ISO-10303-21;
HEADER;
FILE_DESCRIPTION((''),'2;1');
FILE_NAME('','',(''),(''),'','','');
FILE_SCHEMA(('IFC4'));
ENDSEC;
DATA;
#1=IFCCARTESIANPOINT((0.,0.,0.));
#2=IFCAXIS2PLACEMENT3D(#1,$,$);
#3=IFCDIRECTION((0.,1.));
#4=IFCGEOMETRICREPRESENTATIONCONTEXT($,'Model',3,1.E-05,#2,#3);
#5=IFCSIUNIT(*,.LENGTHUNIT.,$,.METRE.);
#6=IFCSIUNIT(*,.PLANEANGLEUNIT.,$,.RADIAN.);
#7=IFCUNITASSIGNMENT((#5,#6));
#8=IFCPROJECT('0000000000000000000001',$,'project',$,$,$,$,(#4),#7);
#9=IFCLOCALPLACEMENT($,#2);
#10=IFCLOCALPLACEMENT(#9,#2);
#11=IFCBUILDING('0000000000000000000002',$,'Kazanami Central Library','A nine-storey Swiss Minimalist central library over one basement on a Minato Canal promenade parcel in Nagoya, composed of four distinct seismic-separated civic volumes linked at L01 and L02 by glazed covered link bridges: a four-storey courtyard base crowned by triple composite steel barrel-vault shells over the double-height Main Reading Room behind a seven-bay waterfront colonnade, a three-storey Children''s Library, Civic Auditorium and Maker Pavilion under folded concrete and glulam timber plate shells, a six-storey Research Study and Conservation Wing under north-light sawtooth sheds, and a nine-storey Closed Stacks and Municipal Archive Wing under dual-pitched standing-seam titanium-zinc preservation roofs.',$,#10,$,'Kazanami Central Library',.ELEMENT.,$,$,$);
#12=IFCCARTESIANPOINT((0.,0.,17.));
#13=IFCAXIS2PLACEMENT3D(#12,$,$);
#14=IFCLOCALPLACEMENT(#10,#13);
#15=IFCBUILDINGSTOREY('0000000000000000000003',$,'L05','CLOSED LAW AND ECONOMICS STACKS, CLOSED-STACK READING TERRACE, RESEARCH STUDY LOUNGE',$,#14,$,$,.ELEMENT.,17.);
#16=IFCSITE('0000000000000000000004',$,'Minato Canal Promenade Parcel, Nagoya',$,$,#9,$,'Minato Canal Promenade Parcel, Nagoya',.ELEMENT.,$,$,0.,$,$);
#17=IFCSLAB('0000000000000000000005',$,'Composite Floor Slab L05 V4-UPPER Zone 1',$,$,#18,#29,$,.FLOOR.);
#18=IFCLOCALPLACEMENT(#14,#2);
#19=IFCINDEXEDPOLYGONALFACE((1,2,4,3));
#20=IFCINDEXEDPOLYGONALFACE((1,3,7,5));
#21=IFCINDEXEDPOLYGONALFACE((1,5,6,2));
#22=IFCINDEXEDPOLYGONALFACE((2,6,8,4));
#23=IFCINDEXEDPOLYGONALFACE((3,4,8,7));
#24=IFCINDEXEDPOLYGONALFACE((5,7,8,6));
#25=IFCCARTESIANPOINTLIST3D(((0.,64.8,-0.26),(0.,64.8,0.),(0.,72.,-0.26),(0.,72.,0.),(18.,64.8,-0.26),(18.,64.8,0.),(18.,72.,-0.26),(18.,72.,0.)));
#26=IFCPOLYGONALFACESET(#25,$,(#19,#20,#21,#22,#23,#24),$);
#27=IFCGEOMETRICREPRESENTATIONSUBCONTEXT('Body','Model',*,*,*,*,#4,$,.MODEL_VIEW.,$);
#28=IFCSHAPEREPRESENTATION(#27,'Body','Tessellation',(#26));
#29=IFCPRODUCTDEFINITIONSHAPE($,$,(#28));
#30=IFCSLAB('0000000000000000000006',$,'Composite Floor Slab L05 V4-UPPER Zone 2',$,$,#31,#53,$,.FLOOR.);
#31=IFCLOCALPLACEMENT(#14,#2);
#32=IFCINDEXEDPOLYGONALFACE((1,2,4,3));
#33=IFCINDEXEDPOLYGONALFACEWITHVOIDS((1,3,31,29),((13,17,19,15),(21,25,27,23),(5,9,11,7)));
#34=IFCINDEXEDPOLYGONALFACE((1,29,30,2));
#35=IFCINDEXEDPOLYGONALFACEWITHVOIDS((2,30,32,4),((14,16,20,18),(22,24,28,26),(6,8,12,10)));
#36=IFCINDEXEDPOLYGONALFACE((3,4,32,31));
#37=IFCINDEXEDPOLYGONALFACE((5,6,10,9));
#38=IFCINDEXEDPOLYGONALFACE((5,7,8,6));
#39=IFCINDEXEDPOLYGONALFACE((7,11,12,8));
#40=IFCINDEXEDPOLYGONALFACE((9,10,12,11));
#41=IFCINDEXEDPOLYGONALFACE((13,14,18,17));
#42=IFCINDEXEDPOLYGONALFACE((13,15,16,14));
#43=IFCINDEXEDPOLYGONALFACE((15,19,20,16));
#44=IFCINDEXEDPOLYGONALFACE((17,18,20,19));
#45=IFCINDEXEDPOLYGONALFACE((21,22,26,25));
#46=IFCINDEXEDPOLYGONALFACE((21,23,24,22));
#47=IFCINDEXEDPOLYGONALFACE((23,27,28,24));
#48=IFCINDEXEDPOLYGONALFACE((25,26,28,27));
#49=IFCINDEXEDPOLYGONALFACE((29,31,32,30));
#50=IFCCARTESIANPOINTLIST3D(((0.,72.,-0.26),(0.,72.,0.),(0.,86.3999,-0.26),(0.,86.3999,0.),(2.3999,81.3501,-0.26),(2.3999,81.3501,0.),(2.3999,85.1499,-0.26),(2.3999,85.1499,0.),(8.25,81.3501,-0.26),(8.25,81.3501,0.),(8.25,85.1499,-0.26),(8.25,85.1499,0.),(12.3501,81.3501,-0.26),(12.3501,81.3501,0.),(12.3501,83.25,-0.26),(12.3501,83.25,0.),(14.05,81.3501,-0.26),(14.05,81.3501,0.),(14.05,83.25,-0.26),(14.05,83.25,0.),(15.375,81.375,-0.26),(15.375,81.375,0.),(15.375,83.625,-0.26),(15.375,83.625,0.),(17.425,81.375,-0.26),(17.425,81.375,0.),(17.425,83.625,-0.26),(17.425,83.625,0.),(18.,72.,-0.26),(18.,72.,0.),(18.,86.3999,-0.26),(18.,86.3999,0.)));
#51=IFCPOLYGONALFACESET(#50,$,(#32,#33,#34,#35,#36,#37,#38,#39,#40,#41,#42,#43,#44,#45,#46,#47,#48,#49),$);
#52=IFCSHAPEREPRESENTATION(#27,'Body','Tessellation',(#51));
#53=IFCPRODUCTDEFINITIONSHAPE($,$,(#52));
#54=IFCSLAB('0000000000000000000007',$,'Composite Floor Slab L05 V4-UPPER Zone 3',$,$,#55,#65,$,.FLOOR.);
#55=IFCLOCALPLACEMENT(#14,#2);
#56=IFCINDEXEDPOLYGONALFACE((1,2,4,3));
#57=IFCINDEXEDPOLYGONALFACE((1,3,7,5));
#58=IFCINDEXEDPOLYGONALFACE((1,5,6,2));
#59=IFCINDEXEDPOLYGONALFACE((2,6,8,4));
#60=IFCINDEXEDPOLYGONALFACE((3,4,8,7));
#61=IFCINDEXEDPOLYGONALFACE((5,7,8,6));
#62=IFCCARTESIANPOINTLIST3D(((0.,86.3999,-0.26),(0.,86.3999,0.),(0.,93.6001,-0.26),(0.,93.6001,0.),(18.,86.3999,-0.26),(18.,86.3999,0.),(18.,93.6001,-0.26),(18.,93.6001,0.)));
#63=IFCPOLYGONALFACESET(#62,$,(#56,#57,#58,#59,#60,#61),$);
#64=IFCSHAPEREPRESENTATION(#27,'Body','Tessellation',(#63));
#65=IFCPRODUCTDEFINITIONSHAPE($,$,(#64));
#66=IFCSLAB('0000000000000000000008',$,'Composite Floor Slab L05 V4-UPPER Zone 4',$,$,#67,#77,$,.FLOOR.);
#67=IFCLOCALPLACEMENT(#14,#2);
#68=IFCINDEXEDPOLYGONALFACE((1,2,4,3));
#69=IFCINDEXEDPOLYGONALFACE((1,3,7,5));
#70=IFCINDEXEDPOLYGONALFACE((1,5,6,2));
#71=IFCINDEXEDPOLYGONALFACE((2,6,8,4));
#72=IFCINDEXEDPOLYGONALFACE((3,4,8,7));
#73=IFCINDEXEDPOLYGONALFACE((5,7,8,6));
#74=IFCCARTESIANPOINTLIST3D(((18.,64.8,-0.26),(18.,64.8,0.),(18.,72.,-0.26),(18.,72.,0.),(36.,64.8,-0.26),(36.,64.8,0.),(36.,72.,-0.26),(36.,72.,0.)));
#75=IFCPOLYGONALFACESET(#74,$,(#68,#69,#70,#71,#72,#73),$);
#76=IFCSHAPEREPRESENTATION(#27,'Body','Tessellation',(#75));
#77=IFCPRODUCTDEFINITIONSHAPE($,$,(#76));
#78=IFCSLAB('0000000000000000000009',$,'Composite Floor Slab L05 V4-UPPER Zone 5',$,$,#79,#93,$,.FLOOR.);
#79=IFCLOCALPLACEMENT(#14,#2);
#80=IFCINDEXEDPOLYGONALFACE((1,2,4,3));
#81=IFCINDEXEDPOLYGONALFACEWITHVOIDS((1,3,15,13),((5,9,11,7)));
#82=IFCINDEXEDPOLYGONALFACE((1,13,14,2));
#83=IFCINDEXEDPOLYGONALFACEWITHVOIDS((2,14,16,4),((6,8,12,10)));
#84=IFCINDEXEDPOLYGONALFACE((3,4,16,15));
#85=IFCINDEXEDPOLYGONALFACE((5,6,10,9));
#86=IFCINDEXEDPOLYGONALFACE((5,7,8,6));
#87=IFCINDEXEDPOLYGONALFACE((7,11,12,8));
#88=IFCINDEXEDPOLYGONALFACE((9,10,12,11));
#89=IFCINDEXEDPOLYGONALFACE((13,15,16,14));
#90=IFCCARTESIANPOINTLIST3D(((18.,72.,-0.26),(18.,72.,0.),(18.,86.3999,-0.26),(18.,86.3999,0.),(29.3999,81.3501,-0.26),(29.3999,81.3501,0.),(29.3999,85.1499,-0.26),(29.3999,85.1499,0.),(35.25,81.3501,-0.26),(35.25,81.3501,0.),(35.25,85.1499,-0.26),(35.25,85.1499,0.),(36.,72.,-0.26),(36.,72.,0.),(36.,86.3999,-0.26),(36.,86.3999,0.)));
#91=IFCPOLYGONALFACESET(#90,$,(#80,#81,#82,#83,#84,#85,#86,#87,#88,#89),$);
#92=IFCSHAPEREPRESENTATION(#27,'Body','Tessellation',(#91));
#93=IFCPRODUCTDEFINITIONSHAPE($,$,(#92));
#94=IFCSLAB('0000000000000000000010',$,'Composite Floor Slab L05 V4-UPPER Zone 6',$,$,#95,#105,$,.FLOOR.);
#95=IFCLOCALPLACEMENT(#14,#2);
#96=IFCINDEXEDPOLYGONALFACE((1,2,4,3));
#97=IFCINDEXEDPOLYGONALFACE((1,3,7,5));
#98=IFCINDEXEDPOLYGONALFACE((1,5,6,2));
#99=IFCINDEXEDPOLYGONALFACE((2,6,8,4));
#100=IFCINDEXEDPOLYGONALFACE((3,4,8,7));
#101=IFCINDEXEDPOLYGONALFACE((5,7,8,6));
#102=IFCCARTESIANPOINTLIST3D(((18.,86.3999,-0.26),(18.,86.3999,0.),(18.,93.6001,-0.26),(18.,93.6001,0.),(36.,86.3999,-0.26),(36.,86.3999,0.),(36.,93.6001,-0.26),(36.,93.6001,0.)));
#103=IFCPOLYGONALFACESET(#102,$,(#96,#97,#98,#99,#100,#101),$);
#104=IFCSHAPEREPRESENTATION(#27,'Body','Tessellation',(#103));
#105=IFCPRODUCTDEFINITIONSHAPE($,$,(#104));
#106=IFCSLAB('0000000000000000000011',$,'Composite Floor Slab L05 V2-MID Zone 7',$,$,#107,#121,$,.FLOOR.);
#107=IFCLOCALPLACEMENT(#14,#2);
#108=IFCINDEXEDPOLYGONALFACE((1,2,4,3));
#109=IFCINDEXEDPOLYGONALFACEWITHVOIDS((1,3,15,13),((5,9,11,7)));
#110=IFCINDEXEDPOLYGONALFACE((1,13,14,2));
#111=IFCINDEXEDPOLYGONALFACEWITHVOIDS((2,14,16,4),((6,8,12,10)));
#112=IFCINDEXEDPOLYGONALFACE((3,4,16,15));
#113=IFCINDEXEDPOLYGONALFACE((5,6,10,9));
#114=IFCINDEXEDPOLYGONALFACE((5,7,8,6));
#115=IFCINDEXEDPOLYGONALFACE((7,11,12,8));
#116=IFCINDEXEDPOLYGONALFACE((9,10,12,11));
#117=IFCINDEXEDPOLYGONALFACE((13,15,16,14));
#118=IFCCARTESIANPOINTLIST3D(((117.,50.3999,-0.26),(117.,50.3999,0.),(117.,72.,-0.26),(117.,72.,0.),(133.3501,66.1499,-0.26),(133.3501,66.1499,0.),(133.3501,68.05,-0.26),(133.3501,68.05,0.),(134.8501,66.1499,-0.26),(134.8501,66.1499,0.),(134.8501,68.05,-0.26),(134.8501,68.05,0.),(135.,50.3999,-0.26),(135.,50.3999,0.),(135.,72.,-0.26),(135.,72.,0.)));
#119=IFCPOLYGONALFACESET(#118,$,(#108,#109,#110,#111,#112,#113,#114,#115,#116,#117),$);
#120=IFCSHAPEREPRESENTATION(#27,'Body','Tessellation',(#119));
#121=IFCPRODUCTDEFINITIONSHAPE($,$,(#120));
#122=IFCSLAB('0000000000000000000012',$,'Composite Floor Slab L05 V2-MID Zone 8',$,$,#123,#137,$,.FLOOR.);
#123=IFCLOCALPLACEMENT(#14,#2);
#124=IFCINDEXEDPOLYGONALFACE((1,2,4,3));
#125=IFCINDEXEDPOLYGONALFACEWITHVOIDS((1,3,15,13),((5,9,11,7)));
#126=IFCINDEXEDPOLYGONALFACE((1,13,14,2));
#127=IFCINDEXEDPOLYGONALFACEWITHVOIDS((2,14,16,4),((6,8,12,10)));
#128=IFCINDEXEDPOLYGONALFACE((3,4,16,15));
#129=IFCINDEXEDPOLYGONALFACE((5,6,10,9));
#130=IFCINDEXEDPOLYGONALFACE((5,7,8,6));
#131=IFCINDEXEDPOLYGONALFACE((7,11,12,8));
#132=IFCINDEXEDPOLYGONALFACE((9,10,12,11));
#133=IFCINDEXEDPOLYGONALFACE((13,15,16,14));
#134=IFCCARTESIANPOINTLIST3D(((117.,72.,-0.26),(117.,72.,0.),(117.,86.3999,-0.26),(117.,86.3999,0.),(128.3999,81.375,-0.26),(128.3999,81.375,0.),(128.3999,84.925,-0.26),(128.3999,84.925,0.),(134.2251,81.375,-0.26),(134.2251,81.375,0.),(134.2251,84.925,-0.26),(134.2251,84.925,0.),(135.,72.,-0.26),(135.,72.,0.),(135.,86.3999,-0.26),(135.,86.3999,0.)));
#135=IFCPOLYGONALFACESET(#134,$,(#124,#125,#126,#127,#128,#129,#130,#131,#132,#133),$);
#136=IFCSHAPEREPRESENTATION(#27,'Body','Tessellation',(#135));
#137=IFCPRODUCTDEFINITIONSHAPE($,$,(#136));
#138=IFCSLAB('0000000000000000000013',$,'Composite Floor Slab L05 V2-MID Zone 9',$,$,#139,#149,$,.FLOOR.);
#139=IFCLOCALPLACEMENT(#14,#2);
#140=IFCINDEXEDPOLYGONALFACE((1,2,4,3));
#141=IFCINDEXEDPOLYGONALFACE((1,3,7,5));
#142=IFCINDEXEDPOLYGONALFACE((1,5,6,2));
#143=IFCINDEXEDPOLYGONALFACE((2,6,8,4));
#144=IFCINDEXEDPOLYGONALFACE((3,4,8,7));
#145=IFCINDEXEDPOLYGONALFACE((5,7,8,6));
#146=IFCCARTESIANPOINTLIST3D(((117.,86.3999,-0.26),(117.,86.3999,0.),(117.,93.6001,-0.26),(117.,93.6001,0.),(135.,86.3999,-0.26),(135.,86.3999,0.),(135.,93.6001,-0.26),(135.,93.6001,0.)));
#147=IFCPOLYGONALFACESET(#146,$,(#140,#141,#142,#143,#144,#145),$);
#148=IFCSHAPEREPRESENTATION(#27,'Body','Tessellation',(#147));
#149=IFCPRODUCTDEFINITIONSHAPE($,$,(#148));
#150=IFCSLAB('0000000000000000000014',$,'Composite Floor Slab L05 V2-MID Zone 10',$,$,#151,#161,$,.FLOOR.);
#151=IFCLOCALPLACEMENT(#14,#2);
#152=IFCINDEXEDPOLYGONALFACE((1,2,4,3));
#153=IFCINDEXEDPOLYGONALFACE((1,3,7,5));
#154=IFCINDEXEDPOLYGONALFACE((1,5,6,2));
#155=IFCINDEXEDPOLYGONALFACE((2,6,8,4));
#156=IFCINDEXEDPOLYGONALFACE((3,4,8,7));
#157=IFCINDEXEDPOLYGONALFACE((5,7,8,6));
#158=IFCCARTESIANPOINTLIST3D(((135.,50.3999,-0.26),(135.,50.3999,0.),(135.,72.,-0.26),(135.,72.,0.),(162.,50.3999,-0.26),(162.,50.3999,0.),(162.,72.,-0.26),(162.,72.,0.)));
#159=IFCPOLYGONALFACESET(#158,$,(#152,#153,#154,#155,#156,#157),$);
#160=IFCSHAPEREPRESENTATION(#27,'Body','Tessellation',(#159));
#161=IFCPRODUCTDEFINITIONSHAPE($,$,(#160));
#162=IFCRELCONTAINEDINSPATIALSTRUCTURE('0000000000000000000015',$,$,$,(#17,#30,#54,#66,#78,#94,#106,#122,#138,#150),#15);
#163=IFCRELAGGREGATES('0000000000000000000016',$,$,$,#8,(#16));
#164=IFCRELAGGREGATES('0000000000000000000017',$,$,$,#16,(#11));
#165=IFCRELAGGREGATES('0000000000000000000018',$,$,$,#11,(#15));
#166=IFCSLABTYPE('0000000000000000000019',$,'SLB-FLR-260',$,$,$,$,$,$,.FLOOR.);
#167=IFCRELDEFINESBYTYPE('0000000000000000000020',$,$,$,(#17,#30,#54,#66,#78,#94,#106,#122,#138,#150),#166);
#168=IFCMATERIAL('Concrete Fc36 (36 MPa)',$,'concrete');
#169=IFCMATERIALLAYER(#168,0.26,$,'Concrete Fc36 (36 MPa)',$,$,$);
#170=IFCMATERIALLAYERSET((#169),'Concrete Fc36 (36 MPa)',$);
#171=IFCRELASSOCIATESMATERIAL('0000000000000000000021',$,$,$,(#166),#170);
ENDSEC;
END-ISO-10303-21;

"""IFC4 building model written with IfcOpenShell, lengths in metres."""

from ifc_helpers import new_model, si_unit, direction, frame, origin, place, context, subcontext, project, spatial, polyline, outline, extrude, material, layer, layer_set, type_object, element, save


model = new_model("IFC4")

# Units and contexts
model_context = context("Model", 3, precision=1e-05, world=origin(), true_north=direction((0.0, 1.0)))
body_context = subcontext(model_context, "Body", "Model", "MODEL_VIEW")
ifc_project = project(units=[si_unit("LENGTHUNIT", "METRE"), si_unit("PLANEANGLEUNIT", "RADIAN")], contexts=[model_context])

# Site, building, storey
site_placement = place(None, origin())
site = spatial("IfcSite", under=ifc_project, at=site_placement, Name="Minato Canal Promenade Parcel, Nagoya", LongName="Minato Canal Promenade Parcel, Nagoya", CompositionType="ELEMENT", RefElevation=0.0)
building_placement = place(site_placement, origin())
building = spatial("IfcBuilding", under=site, at=building_placement, Name="Kazanami Central Library", Description="A nine-storey Swiss Minimalist central library over one basement on a Minato Canal promenade parcel in Nagoya, composed of four distinct seismic-separated civic volumes linked at L01 and L02 by glazed covered link bridges: a four-storey courtyard base crowned by triple composite steel barrel-vault shells over the double-height Main Reading Room behind a seven-bay waterfront colonnade, a three-storey Children's Library, Civic Auditorium and Maker Pavilion under folded concrete and glulam timber plate shells, a six-storey Research Study and Conservation Wing under north-light sawtooth sheds, and a nine-storey Closed Stacks and Municipal Archive Wing under dual-pitched standing-seam titanium-zinc preservation roofs.", LongName="Kazanami Central Library", CompositionType="ELEMENT")
storey_placement = place(building_placement, frame((0.0, 0.0, 17.0)))
storey = spatial("IfcBuildingStorey", under=building, at=storey_placement, Name="L05", Description="CLOSED LAW AND ECONOMICS STACKS, CLOSED-STACK READING TERRACE, RESEARCH STUDY LOUNGE", CompositionType="ELEMENT", Elevation=17.0)

# Slabs
ifc_material_1 = material(Name="Concrete Fc36 (36 MPa)", Category="concrete")
ifc_layer_1 = layer(ifc_material_1, 0.26, Name="Concrete Fc36 (36 MPa)")
ifc_layer_set_1 = layer_set([ifc_layer_1], Name="Concrete Fc36 (36 MPa)")
slab_type_1 = type_object("IfcSlabType", Name="SLB-FLR-260", PredefinedType="FLOOR", material=ifc_layer_set_1)
slab_1_placement = place(storey_placement, frame((0.0, 0.0, -0.26)))
element("IfcSlab", 1, at=slab_1_placement, inside=storey, type_object=slab_type_1, Name="Composite Floor Slab L05 V4-UPPER Zone 1", PredefinedType="FLOOR", context=body_context, shape_type="SweptSolid", body=[
    extrude(outline(polyline([(0.0, 64.8), (18.0, 64.8), (18.0, 72.0), (0.0, 72.0), (0.0, 64.8)])), origin(), (0.0, 0.0, 1.0), 0.26),
])
slab_2_placement = place(storey_placement, frame((0.0, 0.0, -0.26)))
element("IfcSlab", 2, at=slab_2_placement, inside=storey, type_object=slab_type_1, Name="Composite Floor Slab L05 V4-UPPER Zone 2", PredefinedType="FLOOR", context=body_context, shape_type="SweptSolid", body=[
    extrude(outline(polyline([(0.0, 72.0), (18.0, 72.0), (18.0, 86.3999), (0.0, 86.3999), (0.0, 72.0)]), holes=[polyline([(2.3999, 81.3501), (8.25, 81.3501), (8.25, 85.1499), (2.3999, 85.1499), (2.3999, 81.3501)]), polyline([(15.375, 81.375), (17.425, 81.375), (17.425, 83.625), (15.375, 83.625), (15.375, 81.375)]), polyline([(12.3501, 81.3501), (14.05, 81.3501), (14.05, 83.25), (12.3501, 83.25), (12.3501, 81.3501)])]), origin(), (0.0, 0.0, 1.0), 0.26),
])
slab_3_placement = place(storey_placement, frame((0.0, 0.0, -0.26)))
element("IfcSlab", 3, at=slab_3_placement, inside=storey, type_object=slab_type_1, Name="Composite Floor Slab L05 V4-UPPER Zone 3", PredefinedType="FLOOR", context=body_context, shape_type="SweptSolid", body=[
    extrude(outline(polyline([(0.0, 86.3999), (18.0, 86.3999), (18.0, 93.6001), (0.0, 93.6001), (0.0, 86.3999)])), origin(), (0.0, 0.0, 1.0), 0.26),
])
slab_4_placement = place(storey_placement, frame((0.0, 0.0, -0.26)))
element("IfcSlab", 4, at=slab_4_placement, inside=storey, type_object=slab_type_1, Name="Composite Floor Slab L05 V4-UPPER Zone 4", PredefinedType="FLOOR", context=body_context, shape_type="SweptSolid", body=[
    extrude(outline(polyline([(18.0, 64.8), (36.0, 64.8), (36.0, 72.0), (18.0, 72.0), (18.0, 64.8)])), origin(), (0.0, 0.0, 1.0), 0.26),
])
slab_5_placement = place(storey_placement, frame((0.0, 0.0, -0.26)))
element("IfcSlab", 5, at=slab_5_placement, inside=storey, type_object=slab_type_1, Name="Composite Floor Slab L05 V4-UPPER Zone 5", PredefinedType="FLOOR", context=body_context, shape_type="SweptSolid", body=[
    extrude(outline(polyline([(18.0, 72.0), (36.0, 72.0), (36.0, 86.3999), (18.0, 86.3999), (18.0, 72.0)]), holes=[polyline([(29.3999, 81.3501), (35.25, 81.3501), (35.25, 85.1499), (29.3999, 85.1499), (29.3999, 81.3501)])]), origin(), (0.0, 0.0, 1.0), 0.26),
])
slab_6_placement = place(storey_placement, frame((0.0, 0.0, -0.26)))
element("IfcSlab", 6, at=slab_6_placement, inside=storey, type_object=slab_type_1, Name="Composite Floor Slab L05 V4-UPPER Zone 6", PredefinedType="FLOOR", context=body_context, shape_type="SweptSolid", body=[
    extrude(outline(polyline([(18.0, 86.3999), (36.0, 86.3999), (36.0, 93.6001), (18.0, 93.6001), (18.0, 86.3999)])), origin(), (0.0, 0.0, 1.0), 0.26),
])
slab_7_placement = place(storey_placement, frame((0.0, 0.0, -0.26)))
element("IfcSlab", 7, at=slab_7_placement, inside=storey, type_object=slab_type_1, Name="Composite Floor Slab L05 V2-MID Zone 7", PredefinedType="FLOOR", context=body_context, shape_type="SweptSolid", body=[
    extrude(outline(polyline([(117.0, 50.3999), (135.0, 50.3999), (135.0, 72.0), (117.0, 72.0), (117.0, 50.3999)]), holes=[polyline([(133.3501, 66.1499), (134.8501, 66.1499), (134.8501, 68.05), (133.3501, 68.05), (133.3501, 66.1499)])]), origin(), (0.0, 0.0, 1.0), 0.26),
])
slab_8_placement = place(storey_placement, frame((0.0, 0.0, -0.26)))
element("IfcSlab", 8, at=slab_8_placement, inside=storey, type_object=slab_type_1, Name="Composite Floor Slab L05 V2-MID Zone 8", PredefinedType="FLOOR", context=body_context, shape_type="SweptSolid", body=[
    extrude(outline(polyline([(117.0, 72.0), (135.0, 72.0), (135.0, 86.3999), (117.0, 86.3999), (117.0, 72.0)]), holes=[polyline([(128.3999, 81.375), (134.2251, 81.375), (134.2251, 84.925), (128.3999, 84.925), (128.3999, 81.375)])]), origin(), (0.0, 0.0, 1.0), 0.26),
])
slab_9_placement = place(storey_placement, frame((0.0, 0.0, -0.26)))
element("IfcSlab", 9, at=slab_9_placement, inside=storey, type_object=slab_type_1, Name="Composite Floor Slab L05 V2-MID Zone 9", PredefinedType="FLOOR", context=body_context, shape_type="SweptSolid", body=[
    extrude(outline(polyline([(117.0, 86.3999), (135.0, 86.3999), (135.0, 93.6001), (117.0, 93.6001), (117.0, 86.3999)])), origin(), (0.0, 0.0, 1.0), 0.26),
])
slab_10_placement = place(storey_placement, frame((0.0, 0.0, -0.26)))
element("IfcSlab", 10, at=slab_10_placement, inside=storey, type_object=slab_type_1, Name="Composite Floor Slab L05 V2-MID Zone 10", PredefinedType="FLOOR", context=body_context, shape_type="SweptSolid", body=[
    extrude(outline(polyline([(135.0, 50.3999), (162.0, 50.3999), (162.0, 72.0), (135.0, 72.0), (135.0, 50.3999)])), origin(), (0.0, 0.0, 1.0), 0.26),
])

save(model, "model.ifc")
